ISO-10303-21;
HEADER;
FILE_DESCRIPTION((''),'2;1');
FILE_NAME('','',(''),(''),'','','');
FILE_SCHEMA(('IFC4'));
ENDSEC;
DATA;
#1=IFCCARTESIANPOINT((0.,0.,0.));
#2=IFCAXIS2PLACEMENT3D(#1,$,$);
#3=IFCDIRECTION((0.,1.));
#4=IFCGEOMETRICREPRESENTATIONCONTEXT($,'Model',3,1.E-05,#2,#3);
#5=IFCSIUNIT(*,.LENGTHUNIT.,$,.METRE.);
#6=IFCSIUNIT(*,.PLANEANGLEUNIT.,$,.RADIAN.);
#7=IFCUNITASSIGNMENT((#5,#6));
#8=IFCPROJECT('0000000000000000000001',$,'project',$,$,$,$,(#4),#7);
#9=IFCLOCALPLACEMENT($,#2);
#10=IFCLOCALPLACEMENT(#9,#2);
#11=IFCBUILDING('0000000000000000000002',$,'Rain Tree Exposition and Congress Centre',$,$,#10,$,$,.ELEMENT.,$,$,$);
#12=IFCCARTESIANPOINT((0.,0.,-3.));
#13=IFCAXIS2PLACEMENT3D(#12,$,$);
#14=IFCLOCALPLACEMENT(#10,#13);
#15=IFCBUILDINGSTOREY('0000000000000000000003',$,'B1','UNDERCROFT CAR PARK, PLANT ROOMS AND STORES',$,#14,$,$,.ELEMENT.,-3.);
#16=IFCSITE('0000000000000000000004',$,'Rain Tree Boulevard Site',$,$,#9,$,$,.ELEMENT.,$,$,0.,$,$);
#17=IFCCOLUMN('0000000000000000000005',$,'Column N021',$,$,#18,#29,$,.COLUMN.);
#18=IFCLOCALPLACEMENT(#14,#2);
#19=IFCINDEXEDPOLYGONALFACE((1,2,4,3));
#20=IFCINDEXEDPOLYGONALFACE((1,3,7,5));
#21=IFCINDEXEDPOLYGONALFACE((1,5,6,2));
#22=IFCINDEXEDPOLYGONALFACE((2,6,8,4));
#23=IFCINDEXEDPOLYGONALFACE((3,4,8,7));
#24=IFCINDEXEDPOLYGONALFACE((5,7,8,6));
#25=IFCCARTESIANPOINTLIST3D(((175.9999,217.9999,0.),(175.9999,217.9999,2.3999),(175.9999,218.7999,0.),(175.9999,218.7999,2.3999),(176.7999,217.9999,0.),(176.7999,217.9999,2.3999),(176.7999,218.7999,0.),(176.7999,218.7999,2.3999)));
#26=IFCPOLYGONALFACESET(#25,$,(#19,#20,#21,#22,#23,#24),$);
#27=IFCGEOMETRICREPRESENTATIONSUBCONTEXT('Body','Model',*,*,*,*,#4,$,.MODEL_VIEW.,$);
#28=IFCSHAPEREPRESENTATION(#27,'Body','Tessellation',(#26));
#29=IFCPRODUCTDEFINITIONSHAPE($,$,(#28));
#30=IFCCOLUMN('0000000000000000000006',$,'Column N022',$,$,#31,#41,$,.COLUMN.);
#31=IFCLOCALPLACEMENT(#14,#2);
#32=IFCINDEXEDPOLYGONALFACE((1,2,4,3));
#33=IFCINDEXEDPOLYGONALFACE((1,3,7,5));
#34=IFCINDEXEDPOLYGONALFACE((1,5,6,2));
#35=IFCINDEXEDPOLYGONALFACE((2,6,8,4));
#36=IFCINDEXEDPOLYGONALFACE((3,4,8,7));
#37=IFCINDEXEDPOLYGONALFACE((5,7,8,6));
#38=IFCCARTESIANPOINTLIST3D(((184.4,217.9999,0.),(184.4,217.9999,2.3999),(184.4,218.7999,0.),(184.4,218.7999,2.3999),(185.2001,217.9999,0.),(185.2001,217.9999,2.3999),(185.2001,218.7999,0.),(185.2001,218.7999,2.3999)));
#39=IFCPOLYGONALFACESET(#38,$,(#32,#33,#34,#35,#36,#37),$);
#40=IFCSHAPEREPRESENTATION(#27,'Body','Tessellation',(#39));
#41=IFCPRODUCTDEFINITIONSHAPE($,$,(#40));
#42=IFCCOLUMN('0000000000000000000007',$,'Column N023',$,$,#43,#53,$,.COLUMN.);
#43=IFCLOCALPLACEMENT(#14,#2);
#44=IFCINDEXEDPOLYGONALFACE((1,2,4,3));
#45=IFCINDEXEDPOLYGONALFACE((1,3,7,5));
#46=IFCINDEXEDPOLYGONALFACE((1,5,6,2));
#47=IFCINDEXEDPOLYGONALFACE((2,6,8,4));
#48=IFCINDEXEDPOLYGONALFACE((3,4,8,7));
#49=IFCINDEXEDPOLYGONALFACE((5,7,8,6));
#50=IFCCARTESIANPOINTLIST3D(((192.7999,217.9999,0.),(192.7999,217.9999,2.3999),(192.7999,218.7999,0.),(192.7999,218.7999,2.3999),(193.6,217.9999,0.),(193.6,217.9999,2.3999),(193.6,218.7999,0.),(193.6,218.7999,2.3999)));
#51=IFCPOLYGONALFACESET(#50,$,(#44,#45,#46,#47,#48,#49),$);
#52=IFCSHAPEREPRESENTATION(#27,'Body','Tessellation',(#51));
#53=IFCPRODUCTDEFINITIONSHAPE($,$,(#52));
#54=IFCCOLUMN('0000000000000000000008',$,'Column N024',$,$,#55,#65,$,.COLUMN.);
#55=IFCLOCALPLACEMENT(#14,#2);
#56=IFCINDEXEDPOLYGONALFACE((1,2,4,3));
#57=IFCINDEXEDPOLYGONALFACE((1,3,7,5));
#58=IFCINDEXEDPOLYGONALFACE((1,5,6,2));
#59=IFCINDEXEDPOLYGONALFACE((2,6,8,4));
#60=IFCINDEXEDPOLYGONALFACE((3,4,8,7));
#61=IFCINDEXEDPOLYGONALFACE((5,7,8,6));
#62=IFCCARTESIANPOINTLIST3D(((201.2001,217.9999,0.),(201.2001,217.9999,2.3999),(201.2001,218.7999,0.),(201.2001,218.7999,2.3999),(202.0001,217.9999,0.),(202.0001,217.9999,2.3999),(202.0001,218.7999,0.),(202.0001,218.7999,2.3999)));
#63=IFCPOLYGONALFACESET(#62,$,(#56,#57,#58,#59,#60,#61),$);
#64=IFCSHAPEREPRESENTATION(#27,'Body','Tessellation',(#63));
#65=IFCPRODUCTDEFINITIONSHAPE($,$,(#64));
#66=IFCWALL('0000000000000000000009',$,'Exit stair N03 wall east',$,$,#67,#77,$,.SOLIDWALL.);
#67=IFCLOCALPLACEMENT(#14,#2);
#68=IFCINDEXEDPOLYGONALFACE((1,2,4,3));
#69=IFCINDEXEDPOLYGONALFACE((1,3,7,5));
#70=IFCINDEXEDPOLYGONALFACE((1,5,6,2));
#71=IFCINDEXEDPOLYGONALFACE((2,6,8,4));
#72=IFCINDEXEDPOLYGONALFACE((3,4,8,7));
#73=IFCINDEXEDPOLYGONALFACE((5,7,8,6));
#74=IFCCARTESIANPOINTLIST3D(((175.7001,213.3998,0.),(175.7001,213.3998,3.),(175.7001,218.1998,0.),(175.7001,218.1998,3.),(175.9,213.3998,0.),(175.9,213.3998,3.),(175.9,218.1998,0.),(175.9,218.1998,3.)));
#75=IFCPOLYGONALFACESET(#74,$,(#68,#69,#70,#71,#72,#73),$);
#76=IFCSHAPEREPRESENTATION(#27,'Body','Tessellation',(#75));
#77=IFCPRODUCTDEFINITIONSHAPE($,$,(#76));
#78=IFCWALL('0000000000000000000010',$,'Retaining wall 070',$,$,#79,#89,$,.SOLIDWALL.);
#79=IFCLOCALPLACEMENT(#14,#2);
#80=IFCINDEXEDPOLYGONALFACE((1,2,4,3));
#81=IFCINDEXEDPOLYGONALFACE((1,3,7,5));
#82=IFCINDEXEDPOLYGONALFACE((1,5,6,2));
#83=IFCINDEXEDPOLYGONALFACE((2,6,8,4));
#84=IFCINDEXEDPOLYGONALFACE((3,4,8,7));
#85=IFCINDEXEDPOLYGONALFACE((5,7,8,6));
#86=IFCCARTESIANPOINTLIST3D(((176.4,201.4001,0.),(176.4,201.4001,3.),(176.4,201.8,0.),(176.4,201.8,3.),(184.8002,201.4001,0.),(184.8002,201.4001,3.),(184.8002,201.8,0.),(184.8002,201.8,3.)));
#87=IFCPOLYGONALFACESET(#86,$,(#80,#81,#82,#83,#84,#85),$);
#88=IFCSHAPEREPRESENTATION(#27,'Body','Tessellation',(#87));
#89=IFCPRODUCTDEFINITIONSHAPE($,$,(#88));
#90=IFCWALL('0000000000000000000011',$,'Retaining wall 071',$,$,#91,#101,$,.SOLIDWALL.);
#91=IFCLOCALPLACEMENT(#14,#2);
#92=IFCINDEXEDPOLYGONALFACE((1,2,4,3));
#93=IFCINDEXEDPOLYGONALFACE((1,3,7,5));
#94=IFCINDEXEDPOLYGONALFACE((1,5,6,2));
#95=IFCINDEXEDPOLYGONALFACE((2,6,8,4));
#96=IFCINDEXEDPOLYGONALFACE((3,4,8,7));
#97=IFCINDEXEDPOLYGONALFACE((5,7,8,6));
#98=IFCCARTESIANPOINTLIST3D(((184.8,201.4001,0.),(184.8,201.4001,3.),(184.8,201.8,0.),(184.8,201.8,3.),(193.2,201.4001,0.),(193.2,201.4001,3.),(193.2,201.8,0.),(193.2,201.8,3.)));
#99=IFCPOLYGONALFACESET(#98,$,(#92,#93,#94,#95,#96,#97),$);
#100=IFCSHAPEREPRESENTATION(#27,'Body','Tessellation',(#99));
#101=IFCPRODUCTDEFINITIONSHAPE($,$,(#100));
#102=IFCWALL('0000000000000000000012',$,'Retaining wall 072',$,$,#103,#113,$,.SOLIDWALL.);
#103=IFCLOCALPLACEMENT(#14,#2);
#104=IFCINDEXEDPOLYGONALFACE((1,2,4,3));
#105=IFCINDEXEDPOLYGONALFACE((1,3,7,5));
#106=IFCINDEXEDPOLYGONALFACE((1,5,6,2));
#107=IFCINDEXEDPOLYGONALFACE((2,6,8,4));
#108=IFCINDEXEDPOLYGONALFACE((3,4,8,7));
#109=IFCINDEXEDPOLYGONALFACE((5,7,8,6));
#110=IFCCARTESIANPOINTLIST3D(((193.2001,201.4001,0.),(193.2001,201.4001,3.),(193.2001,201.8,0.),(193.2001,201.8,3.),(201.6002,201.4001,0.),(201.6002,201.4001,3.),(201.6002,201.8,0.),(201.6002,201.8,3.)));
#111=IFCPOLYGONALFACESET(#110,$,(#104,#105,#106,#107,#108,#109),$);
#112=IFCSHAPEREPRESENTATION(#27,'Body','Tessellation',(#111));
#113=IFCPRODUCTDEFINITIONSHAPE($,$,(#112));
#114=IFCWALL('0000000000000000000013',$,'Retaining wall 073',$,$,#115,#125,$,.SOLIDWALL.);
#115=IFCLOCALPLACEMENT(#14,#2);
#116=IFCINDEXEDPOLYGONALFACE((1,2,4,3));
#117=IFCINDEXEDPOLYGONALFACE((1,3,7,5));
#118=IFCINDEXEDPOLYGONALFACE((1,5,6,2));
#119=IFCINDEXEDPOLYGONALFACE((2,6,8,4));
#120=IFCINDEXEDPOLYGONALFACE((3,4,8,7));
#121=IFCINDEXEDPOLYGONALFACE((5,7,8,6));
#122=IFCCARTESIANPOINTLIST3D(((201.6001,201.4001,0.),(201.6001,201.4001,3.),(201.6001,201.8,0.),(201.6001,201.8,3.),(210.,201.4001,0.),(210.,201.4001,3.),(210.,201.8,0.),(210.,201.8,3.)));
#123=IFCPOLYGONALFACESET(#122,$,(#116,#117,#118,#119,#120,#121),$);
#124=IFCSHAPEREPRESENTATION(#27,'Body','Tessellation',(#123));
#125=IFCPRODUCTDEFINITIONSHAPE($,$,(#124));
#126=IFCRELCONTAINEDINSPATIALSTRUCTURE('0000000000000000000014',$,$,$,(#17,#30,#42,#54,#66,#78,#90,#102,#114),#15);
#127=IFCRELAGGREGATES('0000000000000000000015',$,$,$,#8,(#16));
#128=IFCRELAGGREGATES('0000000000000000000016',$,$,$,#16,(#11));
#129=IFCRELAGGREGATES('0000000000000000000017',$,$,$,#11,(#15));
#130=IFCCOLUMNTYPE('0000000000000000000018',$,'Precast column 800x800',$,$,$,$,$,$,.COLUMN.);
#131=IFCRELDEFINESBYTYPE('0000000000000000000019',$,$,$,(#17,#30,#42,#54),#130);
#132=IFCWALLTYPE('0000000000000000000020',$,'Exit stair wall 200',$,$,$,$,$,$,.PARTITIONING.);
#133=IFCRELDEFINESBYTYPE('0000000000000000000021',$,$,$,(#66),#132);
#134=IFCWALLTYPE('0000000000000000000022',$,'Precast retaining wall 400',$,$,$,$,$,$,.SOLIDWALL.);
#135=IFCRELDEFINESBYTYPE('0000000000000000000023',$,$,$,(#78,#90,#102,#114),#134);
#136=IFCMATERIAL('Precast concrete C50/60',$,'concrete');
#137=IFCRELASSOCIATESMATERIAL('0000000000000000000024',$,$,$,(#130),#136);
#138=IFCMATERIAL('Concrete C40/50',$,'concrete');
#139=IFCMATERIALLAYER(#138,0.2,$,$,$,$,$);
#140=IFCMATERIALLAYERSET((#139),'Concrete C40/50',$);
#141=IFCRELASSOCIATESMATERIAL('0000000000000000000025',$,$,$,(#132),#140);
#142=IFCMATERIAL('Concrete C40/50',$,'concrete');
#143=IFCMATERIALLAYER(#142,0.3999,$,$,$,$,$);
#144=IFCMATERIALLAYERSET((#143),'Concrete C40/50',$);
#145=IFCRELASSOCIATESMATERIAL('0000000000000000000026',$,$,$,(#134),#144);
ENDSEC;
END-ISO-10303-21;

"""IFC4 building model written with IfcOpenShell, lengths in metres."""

from ifc_helpers import new_model, si_unit, direction, frame, frame_2d, origin, origin_2d, place, context, subcontext, project, spatial, rectangle, extrude, material, layer, layer_set, material_profile, profile_set, type_object, element, save


model = new_model("IFC4")

# Units and contexts
model_context = context("Model", 3, precision=1e-05, world=origin(), true_north=direction((0.0, 1.0)))
body_context = subcontext(model_context, "Body", "Model", "MODEL_VIEW")
ifc_project = project(units=[si_unit("LENGTHUNIT", "METRE"), si_unit("PLANEANGLEUNIT", "RADIAN")], contexts=[model_context])

# Site, building, storey
site_placement = place(None, origin())
site = spatial("IfcSite", under=ifc_project, at=site_placement, Name="Rain Tree Boulevard Site", CompositionType="ELEMENT", RefElevation=0.0)
building_placement = place(site_placement, origin())
building = spatial("IfcBuilding", under=site, at=building_placement, Name="Rain Tree Exposition and Congress Centre", CompositionType="ELEMENT")
storey_placement = place(building_placement, frame((0.0, 0.0, -3.0)))
storey = spatial("IfcBuildingStorey", under=building, at=storey_placement, Name="B1", Description="UNDERCROFT CAR PARK, PLANT ROOMS AND STORES", CompositionType="ELEMENT", Elevation=-3.0)

# Columns
ifc_material_1 = material(Name="Precast concrete C50/60", Category="concrete")
ifc_material_profile_1 = material_profile(ifc_material_1, rectangle(XDim=0.8, YDim=0.8, at=origin_2d()), Name="RC 800x800")
ifc_profile_set_1 = profile_set([ifc_material_profile_1], Name="Precast concrete C50/60")
column_type = type_object("IfcColumnType", Name="Precast column 800x800", PredefinedType="COLUMN", material=ifc_profile_set_1)
for number, where, z_axis, x_axis, name in (
    (1, (176.3999, 218.3999, 0.0), (0.0, 0.0, 1.0), (1.0, 0.0, 0.0), "Column N021"),
    (2, (184.8, 218.3999, 0.0), (0.0, 0.0, 1.0), (1.0, 0.0, 0.0), "Column N022"),
    (3, (193.2, 218.3999, 0.0), (0.0, 0.0, 1.0), (1.0, 0.0, 0.0), "Column N023"),
    (4, (201.6001, 218.3999, 0.0), (0.0, 0.0, 1.0), (1.0, 0.0, 0.0), "Column N024"),
):
    element("IfcColumn", number, at=place(storey_placement, frame(where, z_axis=z_axis, x_axis=x_axis)), inside=storey, type_object=column_type, Name=name, PredefinedType="COLUMN", context=body_context, shape_type="SweptSolid", body=[
        extrude(rectangle(XDim=0.8, YDim=0.8, at=origin_2d()), origin(), (0.0, 0.0, 1.0), 2.3999),
    ])

# Walls
ifc_material_2 = material(Name="Concrete C40/50", Category="concrete")
ifc_layer_1 = layer(ifc_material_2, 0.2)
ifc_layer_set_1 = layer_set([ifc_layer_1], Name="Concrete C40/50")
wall_type_1 = type_object("IfcWallType", Name="Exit stair wall 200", PredefinedType="PARTITIONING", material=ifc_layer_set_1)
wall_1_placement = place(storey_placement, frame((175.8, 213.3999, 0.0), z_axis=(0.0, 0.0, 1.0), x_axis=(0.0, 1.0, 0.0)))
element("IfcWall", 5, at=wall_1_placement, inside=storey, type_object=wall_type_1, Name="Exit stair N03 wall east", PredefinedType="SOLIDWALL", context=body_context, shape_type="SweptSolid", body=[
    extrude(rectangle(XDim=4.8, YDim=0.2, at=frame_2d((2.3999, 0.0))), origin(), (0.0, 0.0, 1.0), 3.0),
])
ifc_material_3 = material(Name="Concrete C40/50", Category="concrete")
ifc_layer_2 = layer(ifc_material_3, 0.3999)
ifc_layer_set_2 = layer_set([ifc_layer_2], Name="Concrete C40/50")
wall_type_2 = type_object("IfcWallType", Name="Precast retaining wall 400", PredefinedType="SOLIDWALL", material=ifc_layer_set_2)
wall_2_placement = place(storey_placement, frame((176.3999, 201.6001, 0.0), z_axis=(0.0, 0.0, 1.0), x_axis=(1.0, 0.0, 0.0)))
element("IfcWall", 6, at=wall_2_placement, inside=storey, type_object=wall_type_2, Name="Retaining wall 070", PredefinedType="SOLIDWALL", context=body_context, shape_type="SweptSolid", body=[
    extrude(rectangle(XDim=8.4001, YDim=0.3999, at=frame_2d((4.2002, 0.0))), origin(), (0.0, 0.0, 1.0), 3.0),
])
wall_3_placement = place(storey_placement, frame((184.8, 201.6001, 0.0), z_axis=(0.0, 0.0, 1.0), x_axis=(1.0, 0.0, 0.0)))
element("IfcWall", 7, at=wall_3_placement, inside=storey, type_object=wall_type_2, Name="Retaining wall 071", PredefinedType="SOLIDWALL", context=body_context, shape_type="SweptSolid", body=[
    extrude(rectangle(XDim=8.3999, YDim=0.3999, at=frame_2d((4.2, 0.0))), origin(), (0.0, 0.0, 1.0), 3.0),
])
wall_4_placement = place(storey_placement, frame((193.2, 201.6001, 0.0), z_axis=(0.0, 0.0, 1.0), x_axis=(1.0, 0.0, 0.0)))
element("IfcWall", 8, at=wall_4_placement, inside=storey, type_object=wall_type_2, Name="Retaining wall 072", PredefinedType="SOLIDWALL", context=body_context, shape_type="SweptSolid", body=[
    extrude(rectangle(XDim=8.4001, YDim=0.3999, at=frame_2d((4.2002, 0.0))), origin(), (0.0, 0.0, 1.0), 3.0),
])
wall_5_placement = place(storey_placement, frame((201.6001, 201.6001, 0.0), z_axis=(0.0, 0.0, 1.0), x_axis=(1.0, 0.0, 0.0)))
element("IfcWall", 9, at=wall_5_placement, inside=storey, type_object=wall_type_2, Name="Retaining wall 073", PredefinedType="SOLIDWALL", context=body_context, shape_type="SweptSolid", body=[
    extrude(rectangle(XDim=8.3999, YDim=0.3999, at=frame_2d((4.2, 0.0))), origin(), (0.0, 0.0, 1.0), 3.0),
])

save(model, "model.ifc")
